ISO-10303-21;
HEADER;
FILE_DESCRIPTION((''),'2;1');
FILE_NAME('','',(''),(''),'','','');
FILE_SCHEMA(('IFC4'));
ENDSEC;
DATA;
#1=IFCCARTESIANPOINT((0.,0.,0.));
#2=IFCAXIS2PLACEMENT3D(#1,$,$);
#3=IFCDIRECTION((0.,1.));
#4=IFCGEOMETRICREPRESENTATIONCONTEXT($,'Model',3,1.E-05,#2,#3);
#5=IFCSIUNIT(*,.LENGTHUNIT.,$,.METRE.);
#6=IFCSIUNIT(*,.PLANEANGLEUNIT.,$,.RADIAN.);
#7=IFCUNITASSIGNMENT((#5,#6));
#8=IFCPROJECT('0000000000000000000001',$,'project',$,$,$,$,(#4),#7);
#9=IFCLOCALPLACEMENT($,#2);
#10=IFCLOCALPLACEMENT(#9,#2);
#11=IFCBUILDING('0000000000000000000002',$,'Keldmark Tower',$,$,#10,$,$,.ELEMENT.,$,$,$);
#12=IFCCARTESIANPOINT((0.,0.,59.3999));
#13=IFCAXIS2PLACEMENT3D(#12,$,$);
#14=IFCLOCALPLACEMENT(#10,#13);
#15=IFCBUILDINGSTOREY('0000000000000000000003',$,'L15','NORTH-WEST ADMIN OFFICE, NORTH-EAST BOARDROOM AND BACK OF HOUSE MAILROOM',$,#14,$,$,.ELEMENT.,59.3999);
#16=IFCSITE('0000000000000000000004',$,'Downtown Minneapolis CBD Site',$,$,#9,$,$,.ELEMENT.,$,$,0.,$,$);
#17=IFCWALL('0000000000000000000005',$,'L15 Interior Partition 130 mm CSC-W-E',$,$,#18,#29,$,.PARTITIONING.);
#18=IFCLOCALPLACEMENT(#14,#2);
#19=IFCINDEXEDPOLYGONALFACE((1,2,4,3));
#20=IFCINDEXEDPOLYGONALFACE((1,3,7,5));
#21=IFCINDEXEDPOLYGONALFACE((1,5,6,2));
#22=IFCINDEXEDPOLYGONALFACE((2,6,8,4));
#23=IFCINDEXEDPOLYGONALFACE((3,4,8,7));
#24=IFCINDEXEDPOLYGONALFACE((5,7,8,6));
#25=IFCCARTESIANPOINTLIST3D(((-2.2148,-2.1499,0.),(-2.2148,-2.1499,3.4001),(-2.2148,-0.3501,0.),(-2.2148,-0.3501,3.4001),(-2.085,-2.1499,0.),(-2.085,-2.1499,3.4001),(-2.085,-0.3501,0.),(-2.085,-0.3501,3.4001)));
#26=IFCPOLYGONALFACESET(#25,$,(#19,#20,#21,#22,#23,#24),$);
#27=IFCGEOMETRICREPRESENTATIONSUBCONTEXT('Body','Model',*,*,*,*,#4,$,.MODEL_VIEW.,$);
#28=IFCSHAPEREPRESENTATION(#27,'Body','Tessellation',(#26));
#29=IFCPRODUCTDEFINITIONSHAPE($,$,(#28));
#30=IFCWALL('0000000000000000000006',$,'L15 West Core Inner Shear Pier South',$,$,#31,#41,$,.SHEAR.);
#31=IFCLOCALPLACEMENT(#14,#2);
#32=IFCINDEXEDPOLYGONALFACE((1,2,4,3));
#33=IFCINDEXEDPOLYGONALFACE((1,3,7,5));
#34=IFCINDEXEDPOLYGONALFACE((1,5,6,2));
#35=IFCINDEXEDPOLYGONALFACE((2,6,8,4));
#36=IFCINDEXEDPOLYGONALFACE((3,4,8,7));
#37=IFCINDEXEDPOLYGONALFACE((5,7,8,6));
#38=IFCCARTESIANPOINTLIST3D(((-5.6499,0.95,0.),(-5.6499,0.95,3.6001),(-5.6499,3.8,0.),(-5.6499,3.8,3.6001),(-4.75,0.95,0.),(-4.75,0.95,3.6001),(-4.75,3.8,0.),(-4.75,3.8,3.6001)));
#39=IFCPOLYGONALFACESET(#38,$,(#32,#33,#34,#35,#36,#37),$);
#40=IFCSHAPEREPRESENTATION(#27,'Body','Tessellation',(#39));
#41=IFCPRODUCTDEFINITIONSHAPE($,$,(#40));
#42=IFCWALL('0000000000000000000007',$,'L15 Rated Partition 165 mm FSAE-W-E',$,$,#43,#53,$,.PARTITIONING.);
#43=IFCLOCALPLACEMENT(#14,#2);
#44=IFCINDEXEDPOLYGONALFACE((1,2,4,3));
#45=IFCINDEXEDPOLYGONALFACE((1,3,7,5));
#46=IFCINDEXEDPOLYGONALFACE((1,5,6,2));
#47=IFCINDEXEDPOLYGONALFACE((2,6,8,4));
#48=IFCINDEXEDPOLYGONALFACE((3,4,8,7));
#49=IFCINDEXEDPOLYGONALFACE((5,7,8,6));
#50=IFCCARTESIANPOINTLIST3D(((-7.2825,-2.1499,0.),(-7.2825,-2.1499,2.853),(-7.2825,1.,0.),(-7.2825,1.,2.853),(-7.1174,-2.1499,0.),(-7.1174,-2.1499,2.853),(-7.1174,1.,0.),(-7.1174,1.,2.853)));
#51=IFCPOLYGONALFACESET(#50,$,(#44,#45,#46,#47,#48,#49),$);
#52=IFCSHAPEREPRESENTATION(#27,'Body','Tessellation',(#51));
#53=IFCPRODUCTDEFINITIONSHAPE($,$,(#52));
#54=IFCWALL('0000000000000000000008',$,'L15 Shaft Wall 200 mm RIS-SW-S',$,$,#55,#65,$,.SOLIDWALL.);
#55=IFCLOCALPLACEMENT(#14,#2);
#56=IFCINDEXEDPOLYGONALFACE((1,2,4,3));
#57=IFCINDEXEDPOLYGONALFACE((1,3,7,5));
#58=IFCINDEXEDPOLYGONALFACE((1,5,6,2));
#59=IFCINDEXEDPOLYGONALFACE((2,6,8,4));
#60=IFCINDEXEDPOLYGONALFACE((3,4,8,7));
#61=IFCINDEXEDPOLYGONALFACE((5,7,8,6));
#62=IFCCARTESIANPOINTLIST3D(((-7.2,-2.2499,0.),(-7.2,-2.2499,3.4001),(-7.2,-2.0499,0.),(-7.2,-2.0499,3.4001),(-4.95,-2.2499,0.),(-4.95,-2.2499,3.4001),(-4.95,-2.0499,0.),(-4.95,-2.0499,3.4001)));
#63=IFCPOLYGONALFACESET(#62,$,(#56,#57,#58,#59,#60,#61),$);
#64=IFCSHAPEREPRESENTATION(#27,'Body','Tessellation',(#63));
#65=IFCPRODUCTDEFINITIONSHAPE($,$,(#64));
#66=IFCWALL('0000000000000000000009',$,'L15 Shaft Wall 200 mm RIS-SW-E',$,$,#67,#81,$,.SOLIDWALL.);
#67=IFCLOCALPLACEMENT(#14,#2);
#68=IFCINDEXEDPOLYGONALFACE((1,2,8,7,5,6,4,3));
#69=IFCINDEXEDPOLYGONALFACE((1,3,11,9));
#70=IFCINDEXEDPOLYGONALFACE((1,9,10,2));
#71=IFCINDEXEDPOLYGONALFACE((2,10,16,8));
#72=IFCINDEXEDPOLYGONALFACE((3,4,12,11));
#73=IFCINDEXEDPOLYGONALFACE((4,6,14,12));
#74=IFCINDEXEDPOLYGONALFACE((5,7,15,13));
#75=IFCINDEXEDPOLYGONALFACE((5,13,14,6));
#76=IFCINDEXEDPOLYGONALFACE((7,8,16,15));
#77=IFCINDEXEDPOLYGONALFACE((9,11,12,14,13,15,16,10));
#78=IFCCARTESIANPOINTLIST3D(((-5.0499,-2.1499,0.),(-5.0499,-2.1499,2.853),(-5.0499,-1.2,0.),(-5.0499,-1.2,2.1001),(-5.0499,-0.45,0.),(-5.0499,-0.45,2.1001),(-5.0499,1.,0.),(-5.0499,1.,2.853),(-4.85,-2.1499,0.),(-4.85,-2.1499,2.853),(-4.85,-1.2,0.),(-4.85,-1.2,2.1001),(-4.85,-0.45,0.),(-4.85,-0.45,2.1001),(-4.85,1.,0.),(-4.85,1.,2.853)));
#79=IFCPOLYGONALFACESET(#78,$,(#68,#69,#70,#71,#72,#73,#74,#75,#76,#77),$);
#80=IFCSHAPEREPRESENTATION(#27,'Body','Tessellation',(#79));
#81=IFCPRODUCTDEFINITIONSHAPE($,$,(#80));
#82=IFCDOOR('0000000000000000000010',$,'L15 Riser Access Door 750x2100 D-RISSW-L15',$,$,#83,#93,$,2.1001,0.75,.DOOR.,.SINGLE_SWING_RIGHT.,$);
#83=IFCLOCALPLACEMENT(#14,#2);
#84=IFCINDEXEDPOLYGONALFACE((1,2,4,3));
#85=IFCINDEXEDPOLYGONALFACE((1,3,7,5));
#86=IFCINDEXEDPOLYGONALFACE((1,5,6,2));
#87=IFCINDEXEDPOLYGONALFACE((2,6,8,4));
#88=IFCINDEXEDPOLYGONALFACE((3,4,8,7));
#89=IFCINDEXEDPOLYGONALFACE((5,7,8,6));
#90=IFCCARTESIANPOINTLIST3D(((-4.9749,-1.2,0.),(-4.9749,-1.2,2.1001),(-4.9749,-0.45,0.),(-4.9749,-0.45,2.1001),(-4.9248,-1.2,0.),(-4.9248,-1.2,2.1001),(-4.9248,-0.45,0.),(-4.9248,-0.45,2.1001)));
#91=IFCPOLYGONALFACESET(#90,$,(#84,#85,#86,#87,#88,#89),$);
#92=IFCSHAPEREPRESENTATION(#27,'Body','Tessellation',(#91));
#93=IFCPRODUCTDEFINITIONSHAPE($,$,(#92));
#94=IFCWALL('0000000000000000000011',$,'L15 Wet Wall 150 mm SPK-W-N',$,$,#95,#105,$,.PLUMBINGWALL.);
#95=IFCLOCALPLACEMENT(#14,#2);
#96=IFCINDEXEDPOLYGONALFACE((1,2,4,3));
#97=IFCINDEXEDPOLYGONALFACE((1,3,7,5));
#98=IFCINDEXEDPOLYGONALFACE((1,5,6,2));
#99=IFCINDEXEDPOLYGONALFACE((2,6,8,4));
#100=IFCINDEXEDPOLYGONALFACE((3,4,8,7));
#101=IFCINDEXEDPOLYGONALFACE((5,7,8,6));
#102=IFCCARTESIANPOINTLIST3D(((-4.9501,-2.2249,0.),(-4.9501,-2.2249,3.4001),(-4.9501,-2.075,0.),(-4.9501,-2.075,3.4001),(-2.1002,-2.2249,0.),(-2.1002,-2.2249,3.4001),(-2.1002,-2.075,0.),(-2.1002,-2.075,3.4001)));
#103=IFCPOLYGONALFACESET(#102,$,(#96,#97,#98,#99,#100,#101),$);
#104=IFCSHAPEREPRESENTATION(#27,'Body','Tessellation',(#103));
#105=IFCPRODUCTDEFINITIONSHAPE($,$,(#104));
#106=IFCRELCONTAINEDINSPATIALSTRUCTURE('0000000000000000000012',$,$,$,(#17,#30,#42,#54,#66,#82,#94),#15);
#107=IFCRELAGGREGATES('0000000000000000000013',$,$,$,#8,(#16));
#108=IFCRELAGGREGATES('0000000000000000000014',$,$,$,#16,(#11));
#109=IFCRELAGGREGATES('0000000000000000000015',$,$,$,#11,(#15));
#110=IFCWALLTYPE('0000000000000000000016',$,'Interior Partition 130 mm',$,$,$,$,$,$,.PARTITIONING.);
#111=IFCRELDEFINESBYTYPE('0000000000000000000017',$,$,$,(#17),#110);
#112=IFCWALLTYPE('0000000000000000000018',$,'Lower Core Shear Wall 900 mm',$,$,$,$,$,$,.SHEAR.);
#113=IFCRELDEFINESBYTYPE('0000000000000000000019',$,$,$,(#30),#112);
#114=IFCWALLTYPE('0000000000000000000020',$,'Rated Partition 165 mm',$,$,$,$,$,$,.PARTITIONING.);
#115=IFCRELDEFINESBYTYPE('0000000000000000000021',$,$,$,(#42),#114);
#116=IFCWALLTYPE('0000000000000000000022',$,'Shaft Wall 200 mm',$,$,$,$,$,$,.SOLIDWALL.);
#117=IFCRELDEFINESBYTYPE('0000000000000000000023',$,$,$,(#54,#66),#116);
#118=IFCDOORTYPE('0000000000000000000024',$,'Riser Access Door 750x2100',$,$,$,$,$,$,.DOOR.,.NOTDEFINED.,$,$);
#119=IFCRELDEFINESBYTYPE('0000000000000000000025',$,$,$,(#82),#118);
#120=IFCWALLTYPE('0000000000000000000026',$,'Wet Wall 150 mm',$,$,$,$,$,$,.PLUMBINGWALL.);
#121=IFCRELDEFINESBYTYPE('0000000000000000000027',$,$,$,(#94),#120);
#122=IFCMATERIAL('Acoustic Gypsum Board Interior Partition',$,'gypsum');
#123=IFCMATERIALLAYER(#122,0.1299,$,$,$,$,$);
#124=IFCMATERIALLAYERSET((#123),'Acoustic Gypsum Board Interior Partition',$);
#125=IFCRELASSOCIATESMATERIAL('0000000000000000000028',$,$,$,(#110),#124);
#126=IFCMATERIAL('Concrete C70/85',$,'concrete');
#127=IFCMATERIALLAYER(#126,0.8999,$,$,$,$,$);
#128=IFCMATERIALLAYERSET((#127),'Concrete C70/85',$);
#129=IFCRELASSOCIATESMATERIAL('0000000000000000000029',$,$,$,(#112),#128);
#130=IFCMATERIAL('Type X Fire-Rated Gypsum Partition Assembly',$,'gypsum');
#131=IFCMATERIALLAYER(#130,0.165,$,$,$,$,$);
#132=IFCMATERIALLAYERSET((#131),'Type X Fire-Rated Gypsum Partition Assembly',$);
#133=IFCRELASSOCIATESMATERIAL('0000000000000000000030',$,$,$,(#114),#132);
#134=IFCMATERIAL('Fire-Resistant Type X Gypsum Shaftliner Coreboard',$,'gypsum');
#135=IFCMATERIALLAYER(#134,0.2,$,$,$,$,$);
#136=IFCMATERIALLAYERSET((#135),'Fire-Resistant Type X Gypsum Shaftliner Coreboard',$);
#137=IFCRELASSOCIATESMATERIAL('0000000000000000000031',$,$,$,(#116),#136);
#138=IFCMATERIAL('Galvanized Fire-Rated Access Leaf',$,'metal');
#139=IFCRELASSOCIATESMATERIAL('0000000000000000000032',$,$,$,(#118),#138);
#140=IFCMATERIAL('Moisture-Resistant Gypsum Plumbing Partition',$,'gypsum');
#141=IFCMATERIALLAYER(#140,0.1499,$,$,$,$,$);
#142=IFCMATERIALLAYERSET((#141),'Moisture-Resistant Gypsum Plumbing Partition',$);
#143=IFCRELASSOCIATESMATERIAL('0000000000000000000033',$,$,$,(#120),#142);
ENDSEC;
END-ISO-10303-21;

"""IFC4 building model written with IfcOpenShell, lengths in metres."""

from ifc_helpers import new_model, si_unit, direction, frame, frame_2d, origin, place, context, subcontext, project, spatial, rectangle, extrude, material, layer, layer_set, type_object, element, fill, save


model = new_model("IFC4")

# Units and contexts
model_context = context("Model", 3, precision=1e-05, world=origin(), true_north=direction((0.0, 1.0)))
body_context = subcontext(model_context, "Body", "Model", "MODEL_VIEW")
ifc_project = project(units=[si_unit("LENGTHUNIT", "METRE"), si_unit("PLANEANGLEUNIT", "RADIAN")], contexts=[model_context])

# Site, building, storey
site_placement = place(None, origin())
site = spatial("IfcSite", under=ifc_project, at=site_placement, Name="Downtown Minneapolis CBD Site", CompositionType="ELEMENT", RefElevation=0.0)
building_placement = place(site_placement, origin())
building = spatial("IfcBuilding", under=site, at=building_placement, Name="Keldmark Tower", CompositionType="ELEMENT")
storey_placement = place(building_placement, frame((0.0, 0.0, 59.3999)))
storey = spatial("IfcBuildingStorey", under=building, at=storey_placement, Name="L15", Description="NORTH-WEST ADMIN OFFICE, NORTH-EAST BOARDROOM AND BACK OF HOUSE MAILROOM", CompositionType="ELEMENT", Elevation=59.3999)

# Shared definitions
ifc_material_1 = material(Name="Acoustic Gypsum Board Interior Partition", Category="gypsum")
ifc_layer_1 = layer(ifc_material_1, 0.1299)
ifc_layer_set_1 = layer_set([ifc_layer_1], Name="Acoustic Gypsum Board Interior Partition")
wall_type_1 = type_object("IfcWallType", Name="Interior Partition 130 mm", PredefinedType="PARTITIONING", material=ifc_layer_set_1)

# Wall
wall_1_placement = place(storey_placement, frame((-2.1499, -2.1499, 0.0), z_axis=(0.0, 0.0, 1.0), x_axis=(0.0, 1.0, 0.0)))
element("IfcWall", 1, at=wall_1_placement, inside=storey, type_object=wall_type_1, Name="L15 Interior Partition 130 mm CSC-W-E", PredefinedType="PARTITIONING", context=body_context, shape_type="SweptSolid", body=[
    extrude(rectangle(XDim=1.7998, YDim=0.1299, at=frame_2d((0.8999, 0.0))), origin(), (0.0, 0.0, 1.0), 3.4001),
])

# Shared definitions
ifc_material_2 = material(Name="Concrete C70/85", Category="concrete")
ifc_layer_2 = layer(ifc_material_2, 0.8999)
ifc_layer_set_2 = layer_set([ifc_layer_2], Name="Concrete C70/85")
wall_type_2 = type_object("IfcWallType", Name="Lower Core Shear Wall 900 mm", PredefinedType="SHEAR", material=ifc_layer_set_2)

# Walls
wall_2_placement = place(storey_placement, frame((-5.2, 0.95, 0.0), z_axis=(0.0, 0.0, 1.0), x_axis=(0.0, 1.0, 0.0)))
element("IfcWall", 2, at=wall_2_placement, inside=storey, type_object=wall_type_2, Name="L15 West Core Inner Shear Pier South", PredefinedType="SHEAR", context=body_context, shape_type="SweptSolid", body=[
    extrude(rectangle(XDim=2.8501, YDim=0.8999, at=frame_2d((1.425, 0.0))), origin(), (0.0, 0.0, 1.0), 3.6001),
])
ifc_material_3 = material(Name="Type X Fire-Rated Gypsum Partition Assembly", Category="gypsum")
ifc_layer_3 = layer(ifc_material_3, 0.165)
ifc_layer_set_3 = layer_set([ifc_layer_3], Name="Type X Fire-Rated Gypsum Partition Assembly")
wall_type_3 = type_object("IfcWallType", Name="Rated Partition 165 mm", PredefinedType="PARTITIONING", material=ifc_layer_set_3)
wall_3_placement = place(storey_placement, frame((-7.2, -2.1499, 0.0), z_axis=(0.0, 0.0, 1.0), x_axis=(0.0, 1.0, 0.0)))
element("IfcWall", 3, at=wall_3_placement, inside=storey, type_object=wall_type_3, Name="L15 Rated Partition 165 mm FSAE-W-E", PredefinedType="PARTITIONING", context=body_context, shape_type="SweptSolid", body=[
    extrude(rectangle(XDim=3.1499, YDim=0.165, at=frame_2d((1.575, 0.0))), origin(), (0.0, 0.0, 1.0), 2.853),
])
ifc_material_4 = material(Name="Fire-Resistant Type X Gypsum Shaftliner Coreboard", Category="gypsum")
ifc_layer_4 = layer(ifc_material_4, 0.2)
ifc_layer_set_4 = layer_set([ifc_layer_4], Name="Fire-Resistant Type X Gypsum Shaftliner Coreboard")
wall_type_4 = type_object("IfcWallType", Name="Shaft Wall 200 mm", PredefinedType="SOLIDWALL", material=ifc_layer_set_4)
wall_4_placement = place(storey_placement, frame((-7.2, -2.1499, 0.0), z_axis=(0.0, 0.0, 1.0), x_axis=(1.0, 0.0, 0.0)))
element("IfcWall", 4, at=wall_4_placement, inside=storey, type_object=wall_type_4, Name="L15 Shaft Wall 200 mm RIS-SW-S", PredefinedType="SOLIDWALL", context=body_context, shape_type="SweptSolid", body=[
    extrude(rectangle(XDim=2.25, YDim=0.2, at=frame_2d((1.125, 0.0))), origin(), (0.0, 0.0, 1.0), 3.4001),
])

# Wall, opening, door
wall_5_placement = place(storey_placement, frame((-4.95, -2.1499, 0.0), z_axis=(0.0, 0.0, 1.0), x_axis=(0.0, 1.0, 0.0)))
wall_5 = element("IfcWall", 5, at=wall_5_placement, inside=storey, type_object=wall_type_4, Name="L15 Shaft Wall 200 mm RIS-SW-E", PredefinedType="SOLIDWALL", context=body_context, shape_type="SweptSolid", body=[
    extrude(rectangle(XDim=3.1499, YDim=0.2, at=frame_2d((1.575, 0.0))), origin(), (0.0, 0.0, 1.0), 2.853),
])
opening_1_placement = place(wall_5_placement, frame((0.95, 0.0, 0.0)))
opening_1 = element("IfcOpeningElement", 6, at=opening_1_placement, cuts=wall_5, PredefinedType="OPENING", context=body_context, shape_type="SweptSolid", body=[
    extrude(rectangle(XDim=0.75, YDim=2.1001, at=frame_2d((0.375, 1.05))), frame((0.0, 0.1099, 0.0), z_axis=(0.0, -1.0, 0.0), x_axis=(1.0, 0.0, 0.0)), (0.0, 0.0, 1.0), 0.22),
])
ifc_material_5 = material(Name="Galvanized Fire-Rated Access Leaf", Category="metal")
door_type_1 = type_object("IfcDoorType", Name="Riser Access Door 750x2100", OperationType="NOTDEFINED", PredefinedType="DOOR", material=ifc_material_5)
door_1_placement = place(opening_1_placement, origin())
door_1 = element("IfcDoor", 7, at=door_1_placement, inside=storey, type_object=door_type_1, Name="L15 Riser Access Door 750x2100 D-RISSW-L15", OperationType="SINGLE_SWING_RIGHT", OverallHeight=2.1001, OverallWidth=0.75, PredefinedType="DOOR", context=body_context, shape_type="SweptSolid", body=[
    extrude(rectangle(XDim=0.75, YDim=2.1001, at=frame_2d((0.375, 1.05))), frame((0.0, 0.0249, 0.0), z_axis=(0.0, -1.0, 0.0), x_axis=(1.0, 0.0, 0.0)), (0.0, 0.0, 1.0), 0.05),
])
fill(opening_1, door_1)

# Wall
ifc_material_6 = material(Name="Moisture-Resistant Gypsum Plumbing Partition", Category="gypsum")
ifc_layer_5 = layer(ifc_material_6, 0.1499)
ifc_layer_set_5 = layer_set([ifc_layer_5], Name="Moisture-Resistant Gypsum Plumbing Partition")
wall_type_5 = type_object("IfcWallType", Name="Wet Wall 150 mm", PredefinedType="PLUMBINGWALL", material=ifc_layer_set_5)
wall_6_placement = place(storey_placement, frame((-4.95, -2.1499, 0.0), z_axis=(0.0, 0.0, 1.0), x_axis=(1.0, 0.0, 0.0)))
element("IfcWall", 8, at=wall_6_placement, inside=storey, type_object=wall_type_5, Name="L15 Wet Wall 150 mm SPK-W-N", PredefinedType="PLUMBINGWALL", context=body_context, shape_type="SweptSolid", body=[
    extrude(rectangle(XDim=2.8499, YDim=0.1499, at=frame_2d((1.4248, 0.0))), origin(), (0.0, 0.0, 1.0), 3.4001),
])

save(model, "model.ifc")
